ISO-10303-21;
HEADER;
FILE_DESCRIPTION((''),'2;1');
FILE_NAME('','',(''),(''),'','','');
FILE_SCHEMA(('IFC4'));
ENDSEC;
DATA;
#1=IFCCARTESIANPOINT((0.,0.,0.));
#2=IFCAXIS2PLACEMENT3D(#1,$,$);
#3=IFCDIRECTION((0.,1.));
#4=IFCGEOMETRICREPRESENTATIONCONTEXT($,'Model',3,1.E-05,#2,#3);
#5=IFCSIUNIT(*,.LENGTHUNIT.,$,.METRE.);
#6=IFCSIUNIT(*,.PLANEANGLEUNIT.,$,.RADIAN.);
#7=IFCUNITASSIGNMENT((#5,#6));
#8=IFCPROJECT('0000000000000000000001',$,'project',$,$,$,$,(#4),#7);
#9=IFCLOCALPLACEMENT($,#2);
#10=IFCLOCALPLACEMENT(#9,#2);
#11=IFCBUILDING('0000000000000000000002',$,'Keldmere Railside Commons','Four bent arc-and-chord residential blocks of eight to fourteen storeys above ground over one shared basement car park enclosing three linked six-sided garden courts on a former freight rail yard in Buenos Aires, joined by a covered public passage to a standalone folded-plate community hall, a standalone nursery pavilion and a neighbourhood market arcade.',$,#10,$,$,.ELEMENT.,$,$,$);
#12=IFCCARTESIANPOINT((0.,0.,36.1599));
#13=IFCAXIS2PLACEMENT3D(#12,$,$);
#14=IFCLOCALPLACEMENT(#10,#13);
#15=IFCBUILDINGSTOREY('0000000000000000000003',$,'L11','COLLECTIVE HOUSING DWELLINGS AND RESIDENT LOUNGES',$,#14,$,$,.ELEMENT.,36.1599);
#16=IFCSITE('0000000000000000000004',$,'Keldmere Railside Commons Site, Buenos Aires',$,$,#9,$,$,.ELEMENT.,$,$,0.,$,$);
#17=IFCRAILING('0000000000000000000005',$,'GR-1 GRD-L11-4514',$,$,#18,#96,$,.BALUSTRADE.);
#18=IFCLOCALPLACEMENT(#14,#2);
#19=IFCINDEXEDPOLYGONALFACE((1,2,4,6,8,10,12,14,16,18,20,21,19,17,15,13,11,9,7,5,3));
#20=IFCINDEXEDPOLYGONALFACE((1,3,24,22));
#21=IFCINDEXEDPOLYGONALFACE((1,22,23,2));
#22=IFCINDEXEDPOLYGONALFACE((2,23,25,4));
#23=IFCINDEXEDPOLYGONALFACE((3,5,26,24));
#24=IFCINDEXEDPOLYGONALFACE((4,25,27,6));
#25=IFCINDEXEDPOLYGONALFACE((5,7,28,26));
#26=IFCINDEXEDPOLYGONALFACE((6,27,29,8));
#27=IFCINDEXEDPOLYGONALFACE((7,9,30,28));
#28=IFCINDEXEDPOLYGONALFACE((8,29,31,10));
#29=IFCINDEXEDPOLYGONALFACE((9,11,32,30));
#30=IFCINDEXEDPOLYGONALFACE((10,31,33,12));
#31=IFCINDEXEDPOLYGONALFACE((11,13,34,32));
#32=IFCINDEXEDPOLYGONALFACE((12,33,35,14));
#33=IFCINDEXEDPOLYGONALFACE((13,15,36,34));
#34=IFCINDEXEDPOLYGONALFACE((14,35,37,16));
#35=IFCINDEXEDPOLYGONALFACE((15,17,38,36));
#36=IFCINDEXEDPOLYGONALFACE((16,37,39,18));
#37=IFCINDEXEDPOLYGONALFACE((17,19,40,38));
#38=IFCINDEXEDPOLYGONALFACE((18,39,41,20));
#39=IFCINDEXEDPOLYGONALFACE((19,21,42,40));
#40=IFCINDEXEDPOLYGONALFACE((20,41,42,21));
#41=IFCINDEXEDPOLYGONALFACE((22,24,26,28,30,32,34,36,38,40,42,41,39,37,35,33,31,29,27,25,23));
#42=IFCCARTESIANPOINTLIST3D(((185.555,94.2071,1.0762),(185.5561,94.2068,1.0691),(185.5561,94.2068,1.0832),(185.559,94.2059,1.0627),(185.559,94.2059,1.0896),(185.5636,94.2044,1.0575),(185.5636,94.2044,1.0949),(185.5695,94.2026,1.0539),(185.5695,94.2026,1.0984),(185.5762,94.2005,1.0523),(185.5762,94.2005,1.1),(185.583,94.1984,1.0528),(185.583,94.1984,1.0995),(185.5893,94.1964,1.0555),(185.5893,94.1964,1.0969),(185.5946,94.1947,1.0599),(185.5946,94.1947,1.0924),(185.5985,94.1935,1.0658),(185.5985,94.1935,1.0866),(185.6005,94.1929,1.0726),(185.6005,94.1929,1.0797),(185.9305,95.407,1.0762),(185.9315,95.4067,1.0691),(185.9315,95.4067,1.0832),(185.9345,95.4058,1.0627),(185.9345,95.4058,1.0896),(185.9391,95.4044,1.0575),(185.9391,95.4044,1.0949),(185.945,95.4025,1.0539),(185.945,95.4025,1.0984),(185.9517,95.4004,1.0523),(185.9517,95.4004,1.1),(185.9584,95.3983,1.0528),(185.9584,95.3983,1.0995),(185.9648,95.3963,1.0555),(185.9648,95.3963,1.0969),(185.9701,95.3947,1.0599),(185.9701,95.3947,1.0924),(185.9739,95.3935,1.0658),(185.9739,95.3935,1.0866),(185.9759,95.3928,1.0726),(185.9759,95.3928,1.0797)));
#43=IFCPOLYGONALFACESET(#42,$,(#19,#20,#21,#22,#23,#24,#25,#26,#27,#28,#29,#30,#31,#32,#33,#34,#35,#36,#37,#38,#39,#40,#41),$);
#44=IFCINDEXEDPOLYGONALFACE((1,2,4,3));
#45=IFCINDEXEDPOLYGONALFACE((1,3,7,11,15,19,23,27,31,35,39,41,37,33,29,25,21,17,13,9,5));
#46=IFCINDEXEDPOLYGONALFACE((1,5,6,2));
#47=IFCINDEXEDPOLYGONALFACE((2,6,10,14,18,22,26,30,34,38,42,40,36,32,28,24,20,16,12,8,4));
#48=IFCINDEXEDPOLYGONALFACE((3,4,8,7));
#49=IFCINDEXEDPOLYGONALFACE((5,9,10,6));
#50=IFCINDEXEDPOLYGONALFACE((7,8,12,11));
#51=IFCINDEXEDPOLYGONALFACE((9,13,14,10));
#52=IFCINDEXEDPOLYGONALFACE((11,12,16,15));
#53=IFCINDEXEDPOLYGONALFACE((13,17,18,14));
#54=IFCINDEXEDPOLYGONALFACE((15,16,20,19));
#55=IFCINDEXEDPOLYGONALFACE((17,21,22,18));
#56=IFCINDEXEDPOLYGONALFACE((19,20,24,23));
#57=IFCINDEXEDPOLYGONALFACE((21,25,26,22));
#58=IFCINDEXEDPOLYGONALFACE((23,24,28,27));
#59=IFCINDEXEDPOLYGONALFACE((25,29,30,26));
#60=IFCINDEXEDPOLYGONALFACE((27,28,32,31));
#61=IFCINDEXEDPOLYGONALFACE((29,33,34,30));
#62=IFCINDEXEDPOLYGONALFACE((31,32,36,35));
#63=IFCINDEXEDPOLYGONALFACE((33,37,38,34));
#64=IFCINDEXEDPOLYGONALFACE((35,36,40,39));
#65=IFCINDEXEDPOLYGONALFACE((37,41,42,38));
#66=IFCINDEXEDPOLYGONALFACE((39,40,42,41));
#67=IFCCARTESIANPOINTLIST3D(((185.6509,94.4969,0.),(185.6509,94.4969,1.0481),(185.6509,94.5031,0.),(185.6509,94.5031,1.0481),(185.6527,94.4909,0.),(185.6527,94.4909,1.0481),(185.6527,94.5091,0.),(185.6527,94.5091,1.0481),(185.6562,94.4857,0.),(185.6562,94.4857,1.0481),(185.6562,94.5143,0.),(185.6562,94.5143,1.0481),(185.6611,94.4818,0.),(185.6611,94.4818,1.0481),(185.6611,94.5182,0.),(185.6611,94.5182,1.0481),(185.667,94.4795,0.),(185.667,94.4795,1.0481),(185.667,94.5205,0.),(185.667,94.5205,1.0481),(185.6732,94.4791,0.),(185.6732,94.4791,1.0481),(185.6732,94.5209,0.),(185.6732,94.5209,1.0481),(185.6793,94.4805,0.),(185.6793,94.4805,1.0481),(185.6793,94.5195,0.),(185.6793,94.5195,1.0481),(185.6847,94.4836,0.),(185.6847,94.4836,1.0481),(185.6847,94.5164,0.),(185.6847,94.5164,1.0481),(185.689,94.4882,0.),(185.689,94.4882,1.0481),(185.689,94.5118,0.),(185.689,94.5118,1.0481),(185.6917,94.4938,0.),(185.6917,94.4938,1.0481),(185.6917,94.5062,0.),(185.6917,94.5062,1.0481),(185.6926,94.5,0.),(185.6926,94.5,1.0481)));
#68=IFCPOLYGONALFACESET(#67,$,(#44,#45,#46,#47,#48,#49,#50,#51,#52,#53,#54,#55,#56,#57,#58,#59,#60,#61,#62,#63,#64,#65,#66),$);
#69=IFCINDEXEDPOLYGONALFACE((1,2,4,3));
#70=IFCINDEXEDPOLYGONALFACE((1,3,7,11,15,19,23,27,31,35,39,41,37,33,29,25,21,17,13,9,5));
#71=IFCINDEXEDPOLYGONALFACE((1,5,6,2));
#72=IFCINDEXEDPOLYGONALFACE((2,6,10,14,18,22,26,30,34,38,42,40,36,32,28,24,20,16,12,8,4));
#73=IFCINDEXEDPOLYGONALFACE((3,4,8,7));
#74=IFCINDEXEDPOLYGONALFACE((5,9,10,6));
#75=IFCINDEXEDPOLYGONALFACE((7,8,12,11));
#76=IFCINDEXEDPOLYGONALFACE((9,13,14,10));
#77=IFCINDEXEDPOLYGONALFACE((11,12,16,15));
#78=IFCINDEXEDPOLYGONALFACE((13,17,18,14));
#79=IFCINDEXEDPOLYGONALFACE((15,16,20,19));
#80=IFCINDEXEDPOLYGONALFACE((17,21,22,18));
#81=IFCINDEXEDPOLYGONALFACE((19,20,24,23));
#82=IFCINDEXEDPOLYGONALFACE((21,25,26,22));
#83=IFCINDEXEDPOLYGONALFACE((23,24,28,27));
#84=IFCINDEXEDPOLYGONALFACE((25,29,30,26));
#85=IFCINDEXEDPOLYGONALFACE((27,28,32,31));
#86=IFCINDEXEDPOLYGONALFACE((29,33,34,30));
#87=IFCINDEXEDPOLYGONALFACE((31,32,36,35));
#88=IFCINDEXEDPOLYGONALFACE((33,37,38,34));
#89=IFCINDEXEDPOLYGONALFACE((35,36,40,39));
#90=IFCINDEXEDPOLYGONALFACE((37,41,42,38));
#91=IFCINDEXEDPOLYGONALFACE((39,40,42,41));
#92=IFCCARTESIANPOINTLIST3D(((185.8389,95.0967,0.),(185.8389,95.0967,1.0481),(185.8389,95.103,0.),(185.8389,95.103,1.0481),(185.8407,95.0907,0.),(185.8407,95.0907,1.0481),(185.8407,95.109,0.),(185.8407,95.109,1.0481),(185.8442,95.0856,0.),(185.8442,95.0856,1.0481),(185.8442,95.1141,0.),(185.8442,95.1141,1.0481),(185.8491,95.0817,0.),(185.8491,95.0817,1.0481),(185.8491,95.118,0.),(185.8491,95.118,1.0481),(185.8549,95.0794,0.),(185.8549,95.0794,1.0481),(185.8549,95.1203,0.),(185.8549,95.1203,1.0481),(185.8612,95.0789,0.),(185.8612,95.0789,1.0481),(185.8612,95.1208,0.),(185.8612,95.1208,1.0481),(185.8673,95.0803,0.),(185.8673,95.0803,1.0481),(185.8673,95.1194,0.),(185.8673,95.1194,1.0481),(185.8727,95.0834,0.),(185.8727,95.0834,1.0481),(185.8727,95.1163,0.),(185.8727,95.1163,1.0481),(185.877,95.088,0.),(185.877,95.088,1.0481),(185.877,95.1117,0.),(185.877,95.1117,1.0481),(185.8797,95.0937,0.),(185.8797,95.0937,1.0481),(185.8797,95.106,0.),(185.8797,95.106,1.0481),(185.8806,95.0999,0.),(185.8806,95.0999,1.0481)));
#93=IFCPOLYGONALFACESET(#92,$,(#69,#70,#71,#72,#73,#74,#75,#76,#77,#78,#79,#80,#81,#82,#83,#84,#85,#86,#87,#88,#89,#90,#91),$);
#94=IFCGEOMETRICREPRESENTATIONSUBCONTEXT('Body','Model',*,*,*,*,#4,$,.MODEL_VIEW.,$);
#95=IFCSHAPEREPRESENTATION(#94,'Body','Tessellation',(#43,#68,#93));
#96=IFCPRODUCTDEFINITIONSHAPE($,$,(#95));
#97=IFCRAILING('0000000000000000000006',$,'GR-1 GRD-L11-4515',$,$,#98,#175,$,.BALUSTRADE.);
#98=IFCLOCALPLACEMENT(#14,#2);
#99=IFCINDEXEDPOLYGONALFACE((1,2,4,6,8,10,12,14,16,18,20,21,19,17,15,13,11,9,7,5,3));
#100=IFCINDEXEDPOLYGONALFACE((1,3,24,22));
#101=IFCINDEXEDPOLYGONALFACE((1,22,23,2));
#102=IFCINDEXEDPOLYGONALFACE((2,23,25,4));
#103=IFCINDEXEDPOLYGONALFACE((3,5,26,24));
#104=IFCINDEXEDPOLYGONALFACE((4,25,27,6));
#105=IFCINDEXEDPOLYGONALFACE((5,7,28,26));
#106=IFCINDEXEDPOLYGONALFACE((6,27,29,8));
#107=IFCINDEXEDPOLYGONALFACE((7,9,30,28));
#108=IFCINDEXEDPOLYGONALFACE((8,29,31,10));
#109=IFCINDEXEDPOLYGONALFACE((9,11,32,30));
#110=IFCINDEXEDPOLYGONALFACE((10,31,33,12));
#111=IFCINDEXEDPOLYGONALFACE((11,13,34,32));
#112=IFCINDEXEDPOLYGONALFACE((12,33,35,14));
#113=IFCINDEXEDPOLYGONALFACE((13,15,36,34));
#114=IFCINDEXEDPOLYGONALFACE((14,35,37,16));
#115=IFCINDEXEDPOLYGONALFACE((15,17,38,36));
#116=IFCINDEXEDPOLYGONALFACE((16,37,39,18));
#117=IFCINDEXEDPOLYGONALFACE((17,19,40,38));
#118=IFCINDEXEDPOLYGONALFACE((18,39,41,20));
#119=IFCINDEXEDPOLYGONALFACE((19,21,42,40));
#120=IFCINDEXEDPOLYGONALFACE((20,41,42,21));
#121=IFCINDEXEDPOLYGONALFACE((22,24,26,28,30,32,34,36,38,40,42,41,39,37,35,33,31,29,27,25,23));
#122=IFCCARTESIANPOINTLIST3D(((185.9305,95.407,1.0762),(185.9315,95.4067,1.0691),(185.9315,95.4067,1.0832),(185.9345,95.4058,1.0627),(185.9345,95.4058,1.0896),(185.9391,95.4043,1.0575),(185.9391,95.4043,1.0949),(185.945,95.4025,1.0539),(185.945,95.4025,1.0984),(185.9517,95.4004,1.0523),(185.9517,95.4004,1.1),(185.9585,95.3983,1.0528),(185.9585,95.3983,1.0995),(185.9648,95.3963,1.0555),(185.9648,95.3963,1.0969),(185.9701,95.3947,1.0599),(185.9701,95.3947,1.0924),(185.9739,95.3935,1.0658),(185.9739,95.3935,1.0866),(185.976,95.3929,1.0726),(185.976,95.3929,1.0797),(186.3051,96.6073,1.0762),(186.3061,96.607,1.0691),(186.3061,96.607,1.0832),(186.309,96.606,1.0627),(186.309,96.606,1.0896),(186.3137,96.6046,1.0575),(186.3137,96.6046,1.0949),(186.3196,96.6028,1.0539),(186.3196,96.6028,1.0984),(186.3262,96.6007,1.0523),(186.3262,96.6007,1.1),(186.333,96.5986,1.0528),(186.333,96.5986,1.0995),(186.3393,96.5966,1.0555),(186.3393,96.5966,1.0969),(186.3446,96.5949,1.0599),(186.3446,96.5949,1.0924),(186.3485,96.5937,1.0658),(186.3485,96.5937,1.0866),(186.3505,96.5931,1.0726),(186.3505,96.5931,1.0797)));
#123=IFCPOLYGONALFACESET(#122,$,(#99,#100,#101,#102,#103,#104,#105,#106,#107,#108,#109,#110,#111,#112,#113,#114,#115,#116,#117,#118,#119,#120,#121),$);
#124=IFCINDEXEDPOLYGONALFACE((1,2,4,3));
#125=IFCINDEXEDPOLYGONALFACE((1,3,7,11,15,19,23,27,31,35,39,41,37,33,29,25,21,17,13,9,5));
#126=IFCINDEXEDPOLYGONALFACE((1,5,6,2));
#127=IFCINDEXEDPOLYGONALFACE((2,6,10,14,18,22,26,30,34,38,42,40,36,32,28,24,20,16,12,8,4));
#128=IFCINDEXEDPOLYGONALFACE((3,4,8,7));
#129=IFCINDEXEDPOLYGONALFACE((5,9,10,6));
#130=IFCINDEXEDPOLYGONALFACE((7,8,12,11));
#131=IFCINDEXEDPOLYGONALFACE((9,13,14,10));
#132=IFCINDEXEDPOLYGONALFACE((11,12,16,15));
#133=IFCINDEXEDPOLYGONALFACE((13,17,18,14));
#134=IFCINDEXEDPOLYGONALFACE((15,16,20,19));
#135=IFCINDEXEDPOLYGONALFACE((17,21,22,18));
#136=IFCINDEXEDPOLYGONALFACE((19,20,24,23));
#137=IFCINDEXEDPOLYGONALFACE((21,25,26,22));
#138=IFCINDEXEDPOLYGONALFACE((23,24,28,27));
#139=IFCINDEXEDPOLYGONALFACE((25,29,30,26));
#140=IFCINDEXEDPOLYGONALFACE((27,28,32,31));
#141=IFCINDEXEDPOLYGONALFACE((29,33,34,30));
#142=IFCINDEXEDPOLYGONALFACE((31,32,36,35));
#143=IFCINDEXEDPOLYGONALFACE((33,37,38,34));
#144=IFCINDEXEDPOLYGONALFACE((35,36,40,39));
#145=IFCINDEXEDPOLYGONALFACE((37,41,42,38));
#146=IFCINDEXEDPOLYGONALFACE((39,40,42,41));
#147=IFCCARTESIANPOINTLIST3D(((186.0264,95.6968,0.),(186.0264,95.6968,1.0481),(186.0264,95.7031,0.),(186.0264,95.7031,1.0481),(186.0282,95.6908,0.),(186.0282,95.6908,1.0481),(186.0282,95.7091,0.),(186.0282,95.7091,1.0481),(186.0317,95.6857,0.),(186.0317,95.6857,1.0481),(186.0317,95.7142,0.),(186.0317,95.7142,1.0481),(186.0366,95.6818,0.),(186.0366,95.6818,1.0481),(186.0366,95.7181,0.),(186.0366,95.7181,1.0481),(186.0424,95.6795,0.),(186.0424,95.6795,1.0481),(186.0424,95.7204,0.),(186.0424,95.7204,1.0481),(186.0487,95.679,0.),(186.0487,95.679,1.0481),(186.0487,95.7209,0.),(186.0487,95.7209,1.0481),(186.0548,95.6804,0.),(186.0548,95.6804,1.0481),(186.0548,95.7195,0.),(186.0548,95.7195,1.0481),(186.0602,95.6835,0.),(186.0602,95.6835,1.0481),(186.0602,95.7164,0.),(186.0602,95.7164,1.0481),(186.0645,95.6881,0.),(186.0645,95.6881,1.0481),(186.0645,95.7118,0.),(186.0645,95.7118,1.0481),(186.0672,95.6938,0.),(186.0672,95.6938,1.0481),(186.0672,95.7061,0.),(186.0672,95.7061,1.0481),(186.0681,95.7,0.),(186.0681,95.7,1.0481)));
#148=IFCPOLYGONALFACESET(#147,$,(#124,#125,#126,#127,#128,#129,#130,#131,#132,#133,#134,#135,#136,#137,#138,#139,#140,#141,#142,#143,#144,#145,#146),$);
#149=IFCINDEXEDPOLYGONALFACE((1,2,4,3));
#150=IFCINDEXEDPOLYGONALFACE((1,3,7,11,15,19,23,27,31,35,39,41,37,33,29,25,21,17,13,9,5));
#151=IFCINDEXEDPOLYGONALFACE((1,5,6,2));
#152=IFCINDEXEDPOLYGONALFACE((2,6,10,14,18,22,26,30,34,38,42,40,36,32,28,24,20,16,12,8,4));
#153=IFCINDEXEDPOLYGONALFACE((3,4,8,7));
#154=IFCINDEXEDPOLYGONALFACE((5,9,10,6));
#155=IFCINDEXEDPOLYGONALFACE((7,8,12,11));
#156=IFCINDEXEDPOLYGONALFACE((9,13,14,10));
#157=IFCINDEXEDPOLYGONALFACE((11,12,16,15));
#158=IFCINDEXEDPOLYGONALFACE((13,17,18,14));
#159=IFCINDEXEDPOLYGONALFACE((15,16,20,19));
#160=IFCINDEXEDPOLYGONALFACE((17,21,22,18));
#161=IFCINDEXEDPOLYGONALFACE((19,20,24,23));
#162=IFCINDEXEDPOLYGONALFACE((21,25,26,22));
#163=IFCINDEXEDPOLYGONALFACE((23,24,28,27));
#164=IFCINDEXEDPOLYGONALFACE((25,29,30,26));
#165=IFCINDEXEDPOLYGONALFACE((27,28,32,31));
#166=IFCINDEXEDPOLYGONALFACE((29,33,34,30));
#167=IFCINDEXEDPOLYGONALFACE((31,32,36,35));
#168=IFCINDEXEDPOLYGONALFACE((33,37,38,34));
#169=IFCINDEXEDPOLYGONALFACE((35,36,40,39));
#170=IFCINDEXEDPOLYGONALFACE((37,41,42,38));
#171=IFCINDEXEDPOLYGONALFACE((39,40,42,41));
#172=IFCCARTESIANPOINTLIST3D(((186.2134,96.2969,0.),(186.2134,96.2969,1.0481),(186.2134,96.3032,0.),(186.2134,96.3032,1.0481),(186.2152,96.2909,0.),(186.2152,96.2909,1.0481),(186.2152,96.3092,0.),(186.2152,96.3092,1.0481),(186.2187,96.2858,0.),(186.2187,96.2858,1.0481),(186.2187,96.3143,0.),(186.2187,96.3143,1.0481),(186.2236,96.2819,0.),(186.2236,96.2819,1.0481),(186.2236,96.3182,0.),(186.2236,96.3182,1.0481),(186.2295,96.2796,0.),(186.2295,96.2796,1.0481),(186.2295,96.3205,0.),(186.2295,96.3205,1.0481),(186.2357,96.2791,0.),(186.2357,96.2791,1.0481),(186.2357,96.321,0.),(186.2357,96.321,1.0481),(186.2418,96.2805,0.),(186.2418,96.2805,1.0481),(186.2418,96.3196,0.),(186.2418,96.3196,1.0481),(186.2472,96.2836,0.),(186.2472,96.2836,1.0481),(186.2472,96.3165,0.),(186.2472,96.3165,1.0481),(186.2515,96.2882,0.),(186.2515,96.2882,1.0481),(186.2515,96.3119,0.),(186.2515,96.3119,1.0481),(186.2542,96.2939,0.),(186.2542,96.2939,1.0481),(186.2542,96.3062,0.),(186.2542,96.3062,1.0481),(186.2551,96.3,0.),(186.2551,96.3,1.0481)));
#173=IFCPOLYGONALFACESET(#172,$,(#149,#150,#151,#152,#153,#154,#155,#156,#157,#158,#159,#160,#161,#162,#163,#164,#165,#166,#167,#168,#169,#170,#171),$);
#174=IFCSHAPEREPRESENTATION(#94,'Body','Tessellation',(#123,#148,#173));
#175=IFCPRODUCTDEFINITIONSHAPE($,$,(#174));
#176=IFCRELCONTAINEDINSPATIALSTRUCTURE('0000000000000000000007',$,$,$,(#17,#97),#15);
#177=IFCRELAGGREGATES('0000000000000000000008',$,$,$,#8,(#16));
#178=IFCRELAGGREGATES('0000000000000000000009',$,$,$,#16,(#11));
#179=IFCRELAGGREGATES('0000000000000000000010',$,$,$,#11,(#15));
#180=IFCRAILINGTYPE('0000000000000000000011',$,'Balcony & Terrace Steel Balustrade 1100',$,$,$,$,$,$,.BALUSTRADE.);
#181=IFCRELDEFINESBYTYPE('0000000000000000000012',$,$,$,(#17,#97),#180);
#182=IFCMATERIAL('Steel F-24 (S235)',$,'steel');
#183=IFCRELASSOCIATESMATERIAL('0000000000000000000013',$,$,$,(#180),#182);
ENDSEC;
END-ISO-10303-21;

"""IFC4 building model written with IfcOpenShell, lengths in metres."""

from ifc_helpers import new_model, si_unit, direction, frame, origin, origin_2d, place, context, subcontext, project, spatial, circle, extrude, material, type_object, element, save


model = new_model("IFC4")

# Units and contexts
model_context = context("Model", 3, precision=1e-05, world=origin(), true_north=direction((0.0, 1.0)))
body_context = subcontext(model_context, "Body", "Model", "MODEL_VIEW")
ifc_project = project(units=[si_unit("LENGTHUNIT", "METRE"), si_unit("PLANEANGLEUNIT", "RADIAN")], contexts=[model_context])

# Site, building, storey
site_placement = place(None, origin())
site = spatial("IfcSite", under=ifc_project, at=site_placement, Name="Keldmere Railside Commons Site, Buenos Aires", CompositionType="ELEMENT", RefElevation=0.0)
building_placement = place(site_placement, origin())
building = spatial("IfcBuilding", under=site, at=building_placement, Name="Keldmere Railside Commons", Description="Four bent arc-and-chord residential blocks of eight to fourteen storeys above ground over one shared basement car park enclosing three linked six-sided garden courts on a former freight rail yard in Buenos Aires, joined by a covered public passage to a standalone folded-plate community hall, a standalone nursery pavilion and a neighbourhood market arcade.", CompositionType="ELEMENT")
storey_placement = place(building_placement, frame((0.0, 0.0, 36.1599)))
storey = spatial("IfcBuildingStorey", under=building, at=storey_placement, Name="L11", Description="COLLECTIVE HOUSING DWELLINGS AND RESIDENT LOUNGES", CompositionType="ELEMENT", Elevation=36.1599)

# Railings
ifc_material_1 = material(Name="Steel F-24 (S235)", Category="steel")
railing_type = type_object("IfcRailingType", Name="Balcony & Terrace Steel Balustrade 1100", PredefinedType="BALUSTRADE", material=ifc_material_1)
railing_1_placement = place(storey_placement, frame((185.5779, 94.2, 0.0)))
element("IfcRailing", 1, at=railing_1_placement, inside=storey, type_object=railing_type, Name="GR-1 GRD-L11-4514", PredefinedType="BALUSTRADE", context=body_context, shape_type="SweptSolid", body=[
    extrude(circle(Radius=0.0239, at=origin_2d()), frame((0.0, 0.0, 1.0762), z_axis=(0.29864, 0.954366, 0.0), x_axis=(-0.954366, 0.29864, 0.0)), (0.0, 0.0, 1.0), 1.2573),
    extrude(circle(Radius=0.021, at=origin_2d()), frame((0.0938, 0.3, 0.0)), (0.0, 0.0, 1.0), 1.0481),
    extrude(circle(Radius=0.021, at=origin_2d()), frame((0.2817, 0.8999, 0.0)), (0.0, 0.0, 1.0), 1.0481),
])
railing_2_placement = place(storey_placement, frame((185.9534, 95.3999, 0.0)))
element("IfcRailing", 2, at=railing_2_placement, inside=storey, type_object=railing_type, Name="GR-1 GRD-L11-4515", PredefinedType="BALUSTRADE", context=body_context, shape_type="SweptSolid", body=[
    extrude(circle(Radius=0.0239, at=origin_2d()), frame((0.0, 0.0, 1.0762), z_axis=(0.297877, 0.954604, 0.0), x_axis=(-0.954604, 0.297877, 0.0)), (0.0, 0.0, 1.0), 1.2573),
    extrude(circle(Radius=0.021, at=origin_2d()), frame((0.0938, 0.3, 0.0)), (0.0, 0.0, 1.0), 1.0481),
    extrude(circle(Radius=0.021, at=origin_2d()), frame((0.2808, 0.9001, 0.0)), (0.0, 0.0, 1.0), 1.0481),
])

save(model, "model.ifc")
